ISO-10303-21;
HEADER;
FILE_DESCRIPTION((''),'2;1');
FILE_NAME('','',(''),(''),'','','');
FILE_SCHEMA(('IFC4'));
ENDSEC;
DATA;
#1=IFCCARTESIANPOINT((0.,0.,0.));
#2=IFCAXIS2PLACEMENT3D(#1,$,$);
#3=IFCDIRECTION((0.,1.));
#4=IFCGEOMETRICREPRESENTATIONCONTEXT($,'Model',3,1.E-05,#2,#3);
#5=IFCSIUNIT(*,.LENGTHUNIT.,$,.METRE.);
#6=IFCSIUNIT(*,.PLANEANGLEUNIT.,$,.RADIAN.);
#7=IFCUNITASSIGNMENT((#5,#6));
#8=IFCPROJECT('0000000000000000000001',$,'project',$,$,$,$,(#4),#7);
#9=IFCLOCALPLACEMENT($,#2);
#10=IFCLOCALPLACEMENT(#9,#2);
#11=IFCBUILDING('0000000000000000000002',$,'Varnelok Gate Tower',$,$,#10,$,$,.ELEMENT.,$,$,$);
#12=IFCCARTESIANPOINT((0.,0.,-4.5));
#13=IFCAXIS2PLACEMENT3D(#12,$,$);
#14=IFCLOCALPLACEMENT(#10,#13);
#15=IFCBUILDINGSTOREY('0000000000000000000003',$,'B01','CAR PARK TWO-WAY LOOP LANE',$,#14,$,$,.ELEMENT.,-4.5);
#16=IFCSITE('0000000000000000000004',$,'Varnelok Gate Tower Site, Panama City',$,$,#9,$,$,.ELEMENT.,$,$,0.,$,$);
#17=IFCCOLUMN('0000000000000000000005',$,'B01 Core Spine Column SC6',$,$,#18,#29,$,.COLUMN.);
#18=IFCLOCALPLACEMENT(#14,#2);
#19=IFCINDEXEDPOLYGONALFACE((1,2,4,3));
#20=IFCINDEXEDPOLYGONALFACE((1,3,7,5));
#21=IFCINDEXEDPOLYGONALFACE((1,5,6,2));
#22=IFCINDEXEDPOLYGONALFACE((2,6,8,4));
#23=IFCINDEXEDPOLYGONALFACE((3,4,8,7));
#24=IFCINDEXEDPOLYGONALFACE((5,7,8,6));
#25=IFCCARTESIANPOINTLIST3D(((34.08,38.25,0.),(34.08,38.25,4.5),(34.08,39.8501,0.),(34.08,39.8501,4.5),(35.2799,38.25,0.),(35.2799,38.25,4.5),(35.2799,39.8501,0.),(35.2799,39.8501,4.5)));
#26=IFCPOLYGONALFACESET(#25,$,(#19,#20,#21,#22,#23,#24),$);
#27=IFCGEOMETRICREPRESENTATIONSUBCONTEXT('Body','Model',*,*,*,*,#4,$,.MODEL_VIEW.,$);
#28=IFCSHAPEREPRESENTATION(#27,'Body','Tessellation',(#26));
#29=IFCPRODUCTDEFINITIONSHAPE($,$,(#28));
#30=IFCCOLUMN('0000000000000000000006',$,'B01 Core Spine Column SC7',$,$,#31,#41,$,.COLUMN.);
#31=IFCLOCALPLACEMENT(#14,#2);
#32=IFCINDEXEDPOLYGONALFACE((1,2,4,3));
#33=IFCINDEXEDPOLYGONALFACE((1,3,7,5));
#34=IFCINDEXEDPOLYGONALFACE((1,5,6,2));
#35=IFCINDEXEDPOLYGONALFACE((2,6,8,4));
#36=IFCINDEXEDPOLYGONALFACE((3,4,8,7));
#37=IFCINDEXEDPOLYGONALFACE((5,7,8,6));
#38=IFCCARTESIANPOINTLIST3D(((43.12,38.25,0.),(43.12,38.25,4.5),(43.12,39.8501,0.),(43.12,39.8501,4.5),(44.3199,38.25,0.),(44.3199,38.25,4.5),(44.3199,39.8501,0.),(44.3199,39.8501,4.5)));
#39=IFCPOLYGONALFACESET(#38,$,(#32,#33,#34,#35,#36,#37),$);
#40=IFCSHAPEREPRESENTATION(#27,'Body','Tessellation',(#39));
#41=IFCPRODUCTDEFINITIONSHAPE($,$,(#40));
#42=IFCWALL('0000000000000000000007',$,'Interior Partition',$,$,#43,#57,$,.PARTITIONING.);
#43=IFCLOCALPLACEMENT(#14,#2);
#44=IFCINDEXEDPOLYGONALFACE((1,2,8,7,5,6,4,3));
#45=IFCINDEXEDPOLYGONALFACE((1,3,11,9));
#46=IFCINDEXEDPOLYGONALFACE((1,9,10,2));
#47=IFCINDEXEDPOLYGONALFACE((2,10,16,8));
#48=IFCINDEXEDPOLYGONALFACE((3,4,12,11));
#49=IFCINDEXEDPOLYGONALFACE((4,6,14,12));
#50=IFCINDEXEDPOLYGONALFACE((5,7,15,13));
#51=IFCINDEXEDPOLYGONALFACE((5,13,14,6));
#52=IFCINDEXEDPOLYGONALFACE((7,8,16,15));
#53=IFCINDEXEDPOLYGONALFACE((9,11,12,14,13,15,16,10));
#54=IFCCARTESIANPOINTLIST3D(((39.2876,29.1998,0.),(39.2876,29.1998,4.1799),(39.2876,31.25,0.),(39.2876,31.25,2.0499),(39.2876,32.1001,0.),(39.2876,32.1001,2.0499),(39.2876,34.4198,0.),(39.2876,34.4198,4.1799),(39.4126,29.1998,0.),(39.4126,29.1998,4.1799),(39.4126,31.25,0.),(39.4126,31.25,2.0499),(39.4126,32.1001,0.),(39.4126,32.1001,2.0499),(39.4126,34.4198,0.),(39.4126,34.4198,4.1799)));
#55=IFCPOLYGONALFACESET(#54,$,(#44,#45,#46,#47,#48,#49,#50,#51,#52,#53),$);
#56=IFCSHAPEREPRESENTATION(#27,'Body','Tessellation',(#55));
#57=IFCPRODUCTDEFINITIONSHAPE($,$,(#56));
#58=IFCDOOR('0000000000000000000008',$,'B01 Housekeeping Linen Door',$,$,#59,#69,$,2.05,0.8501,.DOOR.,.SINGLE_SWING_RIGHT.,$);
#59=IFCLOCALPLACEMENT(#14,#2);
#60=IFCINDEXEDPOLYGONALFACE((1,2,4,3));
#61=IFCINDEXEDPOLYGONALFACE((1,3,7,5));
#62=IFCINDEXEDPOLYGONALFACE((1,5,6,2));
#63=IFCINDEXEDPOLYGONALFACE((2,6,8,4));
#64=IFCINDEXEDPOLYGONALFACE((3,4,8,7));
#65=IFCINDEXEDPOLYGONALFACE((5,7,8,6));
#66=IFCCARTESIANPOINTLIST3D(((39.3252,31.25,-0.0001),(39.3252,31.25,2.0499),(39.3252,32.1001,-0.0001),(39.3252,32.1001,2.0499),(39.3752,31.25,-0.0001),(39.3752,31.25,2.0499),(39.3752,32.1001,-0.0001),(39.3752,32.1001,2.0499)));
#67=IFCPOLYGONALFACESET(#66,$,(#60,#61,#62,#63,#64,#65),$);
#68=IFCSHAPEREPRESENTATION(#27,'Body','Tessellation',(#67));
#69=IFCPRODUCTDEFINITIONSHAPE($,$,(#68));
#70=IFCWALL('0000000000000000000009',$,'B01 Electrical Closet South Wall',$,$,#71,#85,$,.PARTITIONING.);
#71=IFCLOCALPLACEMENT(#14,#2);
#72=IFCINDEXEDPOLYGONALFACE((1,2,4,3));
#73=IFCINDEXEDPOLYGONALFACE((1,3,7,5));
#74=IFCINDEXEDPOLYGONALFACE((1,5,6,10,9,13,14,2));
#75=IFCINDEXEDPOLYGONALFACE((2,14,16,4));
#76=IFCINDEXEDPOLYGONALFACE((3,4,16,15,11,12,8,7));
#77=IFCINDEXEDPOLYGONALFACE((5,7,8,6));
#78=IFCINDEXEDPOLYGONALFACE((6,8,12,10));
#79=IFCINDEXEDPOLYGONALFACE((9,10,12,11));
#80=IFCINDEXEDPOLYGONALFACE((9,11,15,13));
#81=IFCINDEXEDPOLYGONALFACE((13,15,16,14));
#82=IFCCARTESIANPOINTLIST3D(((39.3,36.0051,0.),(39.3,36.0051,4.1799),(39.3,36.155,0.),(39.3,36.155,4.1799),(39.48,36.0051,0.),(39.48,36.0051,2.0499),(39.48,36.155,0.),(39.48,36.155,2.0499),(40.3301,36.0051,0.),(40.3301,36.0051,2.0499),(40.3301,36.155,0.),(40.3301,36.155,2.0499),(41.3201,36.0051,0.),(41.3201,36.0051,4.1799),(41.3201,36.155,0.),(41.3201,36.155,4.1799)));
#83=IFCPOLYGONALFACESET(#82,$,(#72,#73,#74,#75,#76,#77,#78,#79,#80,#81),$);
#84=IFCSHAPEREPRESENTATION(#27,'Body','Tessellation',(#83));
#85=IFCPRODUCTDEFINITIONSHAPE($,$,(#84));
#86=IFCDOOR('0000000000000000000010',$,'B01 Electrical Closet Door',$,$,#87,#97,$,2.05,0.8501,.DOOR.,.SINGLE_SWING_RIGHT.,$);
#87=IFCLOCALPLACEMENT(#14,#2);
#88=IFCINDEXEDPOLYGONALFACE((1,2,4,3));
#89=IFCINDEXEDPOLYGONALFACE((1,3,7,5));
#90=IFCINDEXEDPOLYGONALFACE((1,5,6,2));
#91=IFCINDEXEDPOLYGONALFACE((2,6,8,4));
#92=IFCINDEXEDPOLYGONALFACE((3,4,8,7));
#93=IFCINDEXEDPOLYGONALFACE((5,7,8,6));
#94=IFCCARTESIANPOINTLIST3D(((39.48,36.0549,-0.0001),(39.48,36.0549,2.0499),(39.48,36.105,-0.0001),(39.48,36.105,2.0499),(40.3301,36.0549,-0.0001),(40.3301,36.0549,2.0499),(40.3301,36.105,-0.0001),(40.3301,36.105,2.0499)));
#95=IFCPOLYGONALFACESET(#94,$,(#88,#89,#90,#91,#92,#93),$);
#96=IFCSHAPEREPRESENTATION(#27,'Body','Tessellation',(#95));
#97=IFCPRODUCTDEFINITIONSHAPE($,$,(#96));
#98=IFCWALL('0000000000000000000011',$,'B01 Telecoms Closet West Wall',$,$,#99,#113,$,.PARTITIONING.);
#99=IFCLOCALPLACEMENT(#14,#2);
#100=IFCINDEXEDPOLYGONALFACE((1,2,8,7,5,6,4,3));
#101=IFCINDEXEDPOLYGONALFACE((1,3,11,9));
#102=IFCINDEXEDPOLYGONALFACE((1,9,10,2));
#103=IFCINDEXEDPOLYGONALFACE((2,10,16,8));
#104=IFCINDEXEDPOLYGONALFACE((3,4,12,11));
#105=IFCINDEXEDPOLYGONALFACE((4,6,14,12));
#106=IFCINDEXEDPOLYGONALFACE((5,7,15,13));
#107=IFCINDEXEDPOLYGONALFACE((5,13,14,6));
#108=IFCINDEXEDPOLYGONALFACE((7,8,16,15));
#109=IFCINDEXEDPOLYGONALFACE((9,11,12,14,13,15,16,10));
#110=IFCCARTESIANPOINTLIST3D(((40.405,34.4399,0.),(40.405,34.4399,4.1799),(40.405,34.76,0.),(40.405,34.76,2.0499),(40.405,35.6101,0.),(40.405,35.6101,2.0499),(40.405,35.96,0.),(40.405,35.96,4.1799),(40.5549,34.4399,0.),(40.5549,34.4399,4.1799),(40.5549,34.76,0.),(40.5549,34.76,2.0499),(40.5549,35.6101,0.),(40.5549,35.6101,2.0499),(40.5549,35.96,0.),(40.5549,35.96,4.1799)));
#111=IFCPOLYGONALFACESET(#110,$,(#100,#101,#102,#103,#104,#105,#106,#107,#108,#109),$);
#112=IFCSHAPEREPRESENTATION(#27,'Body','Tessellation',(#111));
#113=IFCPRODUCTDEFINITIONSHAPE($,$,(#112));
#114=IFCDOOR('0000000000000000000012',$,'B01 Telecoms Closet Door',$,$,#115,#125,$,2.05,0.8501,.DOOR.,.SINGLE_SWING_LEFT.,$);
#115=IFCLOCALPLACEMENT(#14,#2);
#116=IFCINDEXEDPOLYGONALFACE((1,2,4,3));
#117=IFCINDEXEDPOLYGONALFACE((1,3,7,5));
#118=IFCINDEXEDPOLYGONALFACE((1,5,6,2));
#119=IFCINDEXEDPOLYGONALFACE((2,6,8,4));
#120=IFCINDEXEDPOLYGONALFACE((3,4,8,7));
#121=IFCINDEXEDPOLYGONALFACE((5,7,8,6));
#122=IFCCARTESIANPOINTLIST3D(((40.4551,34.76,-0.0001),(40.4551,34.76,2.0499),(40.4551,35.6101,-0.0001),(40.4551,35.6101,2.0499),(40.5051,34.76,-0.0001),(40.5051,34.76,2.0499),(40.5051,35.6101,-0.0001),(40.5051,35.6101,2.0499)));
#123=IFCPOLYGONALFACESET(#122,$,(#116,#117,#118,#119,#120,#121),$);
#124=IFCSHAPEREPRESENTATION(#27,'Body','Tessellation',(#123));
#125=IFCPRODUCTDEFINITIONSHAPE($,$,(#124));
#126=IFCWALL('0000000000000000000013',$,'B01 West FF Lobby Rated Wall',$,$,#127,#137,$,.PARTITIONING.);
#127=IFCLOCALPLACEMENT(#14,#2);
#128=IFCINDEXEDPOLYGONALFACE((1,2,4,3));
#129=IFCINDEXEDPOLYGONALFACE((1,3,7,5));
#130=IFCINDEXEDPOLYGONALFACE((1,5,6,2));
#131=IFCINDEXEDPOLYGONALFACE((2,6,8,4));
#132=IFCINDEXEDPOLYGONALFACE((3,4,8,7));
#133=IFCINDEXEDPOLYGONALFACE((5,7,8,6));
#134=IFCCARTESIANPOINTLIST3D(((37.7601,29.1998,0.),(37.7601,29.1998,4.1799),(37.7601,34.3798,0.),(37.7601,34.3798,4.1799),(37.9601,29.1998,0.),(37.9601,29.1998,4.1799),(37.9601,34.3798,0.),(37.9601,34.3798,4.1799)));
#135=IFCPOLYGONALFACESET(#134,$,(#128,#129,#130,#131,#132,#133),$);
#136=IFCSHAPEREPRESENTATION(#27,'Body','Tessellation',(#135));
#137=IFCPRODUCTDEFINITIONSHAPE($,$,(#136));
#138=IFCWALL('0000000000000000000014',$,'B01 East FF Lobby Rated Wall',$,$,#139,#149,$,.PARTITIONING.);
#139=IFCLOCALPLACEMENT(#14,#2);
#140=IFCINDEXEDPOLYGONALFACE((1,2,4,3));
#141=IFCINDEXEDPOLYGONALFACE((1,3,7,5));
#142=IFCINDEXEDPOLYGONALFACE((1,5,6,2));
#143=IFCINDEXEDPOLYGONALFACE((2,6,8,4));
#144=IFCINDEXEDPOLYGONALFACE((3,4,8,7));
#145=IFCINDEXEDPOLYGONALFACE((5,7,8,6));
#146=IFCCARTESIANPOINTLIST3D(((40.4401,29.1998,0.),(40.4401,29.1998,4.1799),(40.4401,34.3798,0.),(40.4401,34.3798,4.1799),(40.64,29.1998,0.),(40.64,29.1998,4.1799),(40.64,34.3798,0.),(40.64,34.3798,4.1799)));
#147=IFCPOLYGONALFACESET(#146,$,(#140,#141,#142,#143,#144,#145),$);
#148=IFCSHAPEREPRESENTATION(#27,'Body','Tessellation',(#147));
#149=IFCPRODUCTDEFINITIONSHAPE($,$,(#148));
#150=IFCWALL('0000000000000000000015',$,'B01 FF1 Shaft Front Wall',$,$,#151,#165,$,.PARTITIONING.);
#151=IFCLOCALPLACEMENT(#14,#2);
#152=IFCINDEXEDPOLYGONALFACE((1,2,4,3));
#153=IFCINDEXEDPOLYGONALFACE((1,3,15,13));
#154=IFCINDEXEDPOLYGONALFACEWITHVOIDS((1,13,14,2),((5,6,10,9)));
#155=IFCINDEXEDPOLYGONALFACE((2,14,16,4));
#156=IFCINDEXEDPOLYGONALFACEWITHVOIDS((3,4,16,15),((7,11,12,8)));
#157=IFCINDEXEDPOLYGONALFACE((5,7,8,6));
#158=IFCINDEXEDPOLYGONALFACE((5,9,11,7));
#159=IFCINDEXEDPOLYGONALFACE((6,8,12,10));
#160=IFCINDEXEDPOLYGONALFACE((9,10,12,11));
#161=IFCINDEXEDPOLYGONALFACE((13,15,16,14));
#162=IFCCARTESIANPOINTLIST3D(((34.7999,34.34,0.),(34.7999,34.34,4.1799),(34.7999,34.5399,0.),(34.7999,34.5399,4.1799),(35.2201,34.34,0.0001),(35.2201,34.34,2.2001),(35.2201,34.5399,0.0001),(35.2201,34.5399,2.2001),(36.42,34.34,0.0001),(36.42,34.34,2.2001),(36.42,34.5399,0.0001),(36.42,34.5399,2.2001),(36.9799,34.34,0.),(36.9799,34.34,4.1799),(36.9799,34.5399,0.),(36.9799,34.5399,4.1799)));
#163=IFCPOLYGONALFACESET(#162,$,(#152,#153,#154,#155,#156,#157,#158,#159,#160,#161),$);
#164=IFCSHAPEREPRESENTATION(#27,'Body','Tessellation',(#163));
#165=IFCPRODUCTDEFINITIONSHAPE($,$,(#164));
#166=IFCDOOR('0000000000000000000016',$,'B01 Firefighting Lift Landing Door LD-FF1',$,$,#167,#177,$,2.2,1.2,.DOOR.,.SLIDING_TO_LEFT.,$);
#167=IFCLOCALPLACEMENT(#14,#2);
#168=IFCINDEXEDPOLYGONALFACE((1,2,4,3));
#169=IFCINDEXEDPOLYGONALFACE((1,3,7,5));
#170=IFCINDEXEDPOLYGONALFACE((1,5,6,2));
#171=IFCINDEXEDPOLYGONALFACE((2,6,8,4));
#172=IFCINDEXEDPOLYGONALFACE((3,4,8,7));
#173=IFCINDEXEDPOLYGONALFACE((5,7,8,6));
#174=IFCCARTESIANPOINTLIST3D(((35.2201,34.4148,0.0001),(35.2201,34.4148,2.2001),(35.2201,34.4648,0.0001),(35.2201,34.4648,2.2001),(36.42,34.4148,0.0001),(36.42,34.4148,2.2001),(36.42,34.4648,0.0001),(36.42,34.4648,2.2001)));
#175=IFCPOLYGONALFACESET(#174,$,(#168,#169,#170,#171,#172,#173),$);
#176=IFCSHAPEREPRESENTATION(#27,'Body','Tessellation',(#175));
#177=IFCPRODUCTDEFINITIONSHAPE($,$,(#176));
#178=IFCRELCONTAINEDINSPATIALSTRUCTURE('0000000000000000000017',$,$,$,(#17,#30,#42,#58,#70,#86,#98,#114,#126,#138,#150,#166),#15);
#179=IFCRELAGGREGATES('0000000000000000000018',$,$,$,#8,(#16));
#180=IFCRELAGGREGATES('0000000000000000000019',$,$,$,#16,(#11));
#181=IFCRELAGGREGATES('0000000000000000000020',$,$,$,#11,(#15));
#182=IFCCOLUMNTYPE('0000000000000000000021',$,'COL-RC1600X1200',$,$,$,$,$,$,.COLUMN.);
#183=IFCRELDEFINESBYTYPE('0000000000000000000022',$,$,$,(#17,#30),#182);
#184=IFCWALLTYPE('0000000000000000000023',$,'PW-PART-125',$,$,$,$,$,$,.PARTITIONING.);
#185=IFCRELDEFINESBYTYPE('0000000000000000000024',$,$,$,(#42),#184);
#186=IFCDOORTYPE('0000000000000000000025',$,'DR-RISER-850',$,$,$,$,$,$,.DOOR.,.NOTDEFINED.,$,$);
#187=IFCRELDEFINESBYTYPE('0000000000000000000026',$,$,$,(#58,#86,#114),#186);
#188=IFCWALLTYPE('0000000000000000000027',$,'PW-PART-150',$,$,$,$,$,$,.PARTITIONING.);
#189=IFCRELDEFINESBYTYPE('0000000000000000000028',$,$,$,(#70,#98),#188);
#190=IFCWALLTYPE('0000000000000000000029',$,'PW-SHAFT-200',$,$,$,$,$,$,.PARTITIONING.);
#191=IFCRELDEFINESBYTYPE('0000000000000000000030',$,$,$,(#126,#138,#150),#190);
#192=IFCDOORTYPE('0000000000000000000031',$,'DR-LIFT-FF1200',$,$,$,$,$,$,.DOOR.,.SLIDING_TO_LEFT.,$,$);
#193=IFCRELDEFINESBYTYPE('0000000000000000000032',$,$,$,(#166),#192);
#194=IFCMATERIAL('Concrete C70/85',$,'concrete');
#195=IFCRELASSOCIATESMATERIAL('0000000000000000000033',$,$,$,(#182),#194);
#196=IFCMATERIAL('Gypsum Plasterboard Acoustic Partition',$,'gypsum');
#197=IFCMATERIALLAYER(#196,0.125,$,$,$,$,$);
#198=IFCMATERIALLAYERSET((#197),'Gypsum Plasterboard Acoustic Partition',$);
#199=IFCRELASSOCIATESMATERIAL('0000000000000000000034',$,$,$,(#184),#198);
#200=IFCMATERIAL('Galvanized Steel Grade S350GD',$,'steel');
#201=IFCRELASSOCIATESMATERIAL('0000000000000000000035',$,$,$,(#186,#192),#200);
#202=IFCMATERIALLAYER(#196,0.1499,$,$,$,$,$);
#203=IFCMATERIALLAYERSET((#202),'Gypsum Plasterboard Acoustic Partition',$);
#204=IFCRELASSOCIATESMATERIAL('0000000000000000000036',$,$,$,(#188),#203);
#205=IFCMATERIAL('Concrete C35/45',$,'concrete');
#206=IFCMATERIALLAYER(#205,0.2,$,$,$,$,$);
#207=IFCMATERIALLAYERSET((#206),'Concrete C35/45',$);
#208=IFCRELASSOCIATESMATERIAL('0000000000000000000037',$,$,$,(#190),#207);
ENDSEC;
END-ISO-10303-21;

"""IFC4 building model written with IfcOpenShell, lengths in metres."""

from ifc_helpers import new_model, si_unit, direction, frame, frame_2d, origin, origin_2d, place, context, subcontext, project, spatial, rectangle, extrude, material, layer, layer_set, material_profile, profile_set, type_object, element, fill, save


model = new_model("IFC4")

# Units and contexts
model_context = context("Model", 3, precision=1e-05, world=origin(), true_north=direction((0.0, 1.0)))
body_context = subcontext(model_context, "Body", "Model", "MODEL_VIEW")
ifc_project = project(units=[si_unit("LENGTHUNIT", "METRE"), si_unit("PLANEANGLEUNIT", "RADIAN")], contexts=[model_context])

# Site, building, storey
site_placement = place(None, origin())
site = spatial("IfcSite", under=ifc_project, at=site_placement, Name="Varnelok Gate Tower Site, Panama City", CompositionType="ELEMENT", RefElevation=0.0)
building_placement = place(site_placement, origin())
building = spatial("IfcBuilding", under=site, at=building_placement, Name="Varnelok Gate Tower", CompositionType="ELEMENT")
storey_placement = place(building_placement, frame((0.0, 0.0, -4.5)))
storey = spatial("IfcBuildingStorey", under=building, at=storey_placement, Name="B01", Description="CAR PARK TWO-WAY LOOP LANE", CompositionType="ELEMENT", Elevation=-4.5)

# Columns
ifc_material_1 = material(Name="Concrete C70/85", Category="concrete")
ifc_material_profile = material_profile(ifc_material_1, rectangle(XDim=1.2, YDim=1.6001, at=origin_2d()), Name="RC1600X1200")
ifc_profile_set = profile_set([ifc_material_profile], Name="Concrete C70/85")
column_type = type_object("IfcColumnType", Name="COL-RC1600X1200", PredefinedType="COLUMN", material=ifc_profile_set)
for number, where, z_axis, x_axis, name in (
    (1, (34.6799, 39.05, 0.0), (0.0, 0.0, 1.0), (1.0, 0.0, 0.0), "B01 Core Spine Column SC6"),
    (2, (43.72, 39.05, 0.0), (0.0, 0.0, 1.0), (1.0, 0.0, 0.0), "B01 Core Spine Column SC7"),
):
    element("IfcColumn", number, at=place(storey_placement, frame(where, z_axis=z_axis, x_axis=x_axis)), inside=storey, type_object=column_type, Name=name, PredefinedType="COLUMN", context=body_context, shape_type="SweptSolid", body=[
        extrude(rectangle(XDim=1.2, YDim=1.6001, at=origin_2d()), origin(), (0.0, 0.0, 1.0), 4.5),
    ])

# Walls, openings, doors
ifc_material_2 = material(Name="Gypsum Plasterboard Acoustic Partition", Category="gypsum")
ifc_layer_1 = layer(ifc_material_2, 0.125)
ifc_layer_set_1 = layer_set([ifc_layer_1], Name="Gypsum Plasterboard Acoustic Partition")
wall_type_1 = type_object("IfcWallType", Name="PW-PART-125", PredefinedType="PARTITIONING", material=ifc_layer_set_1)
wall_1_placement = place(storey_placement, frame((39.3501, 29.2, 0.0), z_axis=(0.0, 0.0, 1.0), x_axis=(0.0, 1.0, 0.0)))
wall_1 = element("IfcWall", 3, at=wall_1_placement, inside=storey, type_object=wall_type_1, Name="Interior Partition", PredefinedType="PARTITIONING", context=body_context, shape_type="SweptSolid", body=[
    extrude(rectangle(XDim=5.22, YDim=0.125, at=frame_2d((2.6099, 0.0))), origin(), (0.0, 0.0, 1.0), 4.1799),
])
opening_1_placement = place(wall_1_placement, frame((2.05, 0.0, 0.0)))
opening_1 = element("IfcOpeningElement", 4, at=opening_1_placement, cuts=wall_1, PredefinedType="OPENING", context=body_context, shape_type="SweptSolid", body=[
    extrude(rectangle(XDim=0.8501, YDim=2.05, at=frame_2d((0.425, 1.0249))), frame((0.0, 0.0725, 0.0), z_axis=(0.0, -1.0, 0.0), x_axis=(1.0, 0.0, 0.0)), (0.0, 0.0, 1.0), 0.145),
])
ifc_material_3 = material(Name="Galvanized Steel Grade S350GD", Category="steel")
door_type_1 = type_object("IfcDoorType", Name="DR-RISER-850", OperationType="NOTDEFINED", PredefinedType="DOOR", material=ifc_material_3)
door_1_placement = place(opening_1_placement, origin())
door_1 = element("IfcDoor", 5, at=door_1_placement, inside=storey, type_object=door_type_1, Name="B01 Housekeeping Linen Door", OperationType="SINGLE_SWING_RIGHT", OverallHeight=2.05, OverallWidth=0.8501, PredefinedType="DOOR", context=body_context, shape_type="SweptSolid", body=[
    extrude(rectangle(XDim=0.8501, YDim=2.05, at=frame_2d((0.425, 1.0249))), frame((0.0, 0.0249, 0.0), z_axis=(0.0, -1.0, 0.0), x_axis=(1.0, 0.0, 0.0)), (0.0, 0.0, 1.0), 0.05),
])
fill(opening_1, door_1)
ifc_layer_2 = layer(ifc_material_2, 0.1499)
ifc_layer_set_2 = layer_set([ifc_layer_2], Name="Gypsum Plasterboard Acoustic Partition")
wall_type_2 = type_object("IfcWallType", Name="PW-PART-150", PredefinedType="PARTITIONING", material=ifc_layer_set_2)
wall_2_placement = place(storey_placement, frame((39.3, 36.0801, 0.0), z_axis=(0.0, 0.0, 1.0), x_axis=(1.0, 0.0, 0.0)))
wall_2 = element("IfcWall", 6, at=wall_2_placement, inside=storey, type_object=wall_type_2, Name="B01 Electrical Closet South Wall", PredefinedType="PARTITIONING", context=body_context, shape_type="SweptSolid", body=[
    extrude(rectangle(XDim=2.02, YDim=0.1499, at=frame_2d((1.01, 0.0))), origin(), (0.0, 0.0, 1.0), 4.1799),
])
opening_2_placement = place(wall_2_placement, frame((0.1799, 0.0, 0.0)))
opening_2 = element("IfcOpeningElement", 7, at=opening_2_placement, cuts=wall_2, PredefinedType="OPENING", context=body_context, shape_type="SweptSolid", body=[
    extrude(rectangle(XDim=0.8501, YDim=2.05, at=frame_2d((0.425, 1.0249))), frame((0.0, 0.085, 0.0), z_axis=(0.0, -1.0, 0.0), x_axis=(1.0, 0.0, 0.0)), (0.0, 0.0, 1.0), 0.1699),
])
door_2_placement = place(opening_2_placement, origin())
door_2 = element("IfcDoor", 8, at=door_2_placement, inside=storey, type_object=door_type_1, Name="B01 Electrical Closet Door", OperationType="SINGLE_SWING_RIGHT", OverallHeight=2.05, OverallWidth=0.8501, PredefinedType="DOOR", context=body_context, shape_type="SweptSolid", body=[
    extrude(rectangle(XDim=0.8501, YDim=2.05, at=frame_2d((0.425, 1.0249))), frame((0.0, 0.0249, 0.0), z_axis=(0.0, -1.0, 0.0), x_axis=(1.0, 0.0, 0.0)), (0.0, 0.0, 1.0), 0.05),
])
fill(opening_2, door_2)
wall_3_placement = place(storey_placement, frame((40.48, 34.4399, 0.0), z_axis=(0.0, 0.0, 1.0), x_axis=(0.0, 1.0, 0.0)))
wall_3 = element("IfcWall", 9, at=wall_3_placement, inside=storey, type_object=wall_type_2, Name="B01 Telecoms Closet West Wall", PredefinedType="PARTITIONING", context=body_context, shape_type="SweptSolid", body=[
    extrude(rectangle(XDim=1.52, YDim=0.1499, at=frame_2d((0.76, 0.0))), origin(), (0.0, 0.0, 1.0), 4.1799),
])
opening_3_placement = place(wall_3_placement, frame((0.3201, 0.0, 0.0)))
opening_3 = element("IfcOpeningElement", 10, at=opening_3_placement, cuts=wall_3, PredefinedType="OPENING", context=body_context, shape_type="SweptSolid", body=[
    extrude(rectangle(XDim=0.8501, YDim=2.05, at=frame_2d((0.425, 1.0249))), frame((0.0, 0.085, 0.0), z_axis=(0.0, -1.0, 0.0), x_axis=(1.0, 0.0, 0.0)), (0.0, 0.0, 1.0), 0.1699),
])
door_3_placement = place(opening_3_placement, origin())
door_3 = element("IfcDoor", 11, at=door_3_placement, inside=storey, type_object=door_type_1, Name="B01 Telecoms Closet Door", OperationType="SINGLE_SWING_LEFT", OverallHeight=2.05, OverallWidth=0.8501, PredefinedType="DOOR", context=body_context, shape_type="SweptSolid", body=[
    extrude(rectangle(XDim=0.8501, YDim=2.05, at=frame_2d((0.425, 1.0249))), frame((0.0, 0.0249, 0.0), z_axis=(0.0, -1.0, 0.0), x_axis=(1.0, 0.0, 0.0)), (0.0, 0.0, 1.0), 0.05),
])
fill(opening_3, door_3)

# Walls
ifc_material_4 = material(Name="Concrete C35/45", Category="concrete")
ifc_layer_3 = layer(ifc_material_4, 0.2)
ifc_layer_set_3 = layer_set([ifc_layer_3], Name="Concrete C35/45")
wall_type_3 = type_object("IfcWallType", Name="PW-SHAFT-200", PredefinedType="PARTITIONING", material=ifc_layer_set_3)
for number, where, z_axis, x_axis, name in (
    (12, (37.8601, 29.2, 0.0), (0.0, 0.0, 1.0), (0.0, 1.0, 0.0), "B01 West FF Lobby Rated Wall"),
    (13, (40.54, 29.2, 0.0), (0.0, 0.0, 1.0), (0.0, 1.0, 0.0), "B01 East FF Lobby Rated Wall"),
):
    element("IfcWall", number, at=place(storey_placement, frame(where, z_axis=z_axis, x_axis=x_axis)), inside=storey, type_object=wall_type_3, Name=name, PredefinedType="PARTITIONING", context=body_context, shape_type="SweptSolid", body=[
        extrude(rectangle(XDim=5.1799, YDim=0.2, at=frame_2d((2.5898, 0.0))), origin(), (0.0, 0.0, 1.0), 4.1799),
    ])

# Wall, opening, door
wall_4_placement = place(storey_placement, frame((34.8, 34.4399, 0.0), z_axis=(0.0, 0.0, 1.0), x_axis=(1.0, 0.0, 0.0)))
wall_4 = element("IfcWall", 14, at=wall_4_placement, inside=storey, type_object=wall_type_3, Name="B01 FF1 Shaft Front Wall", PredefinedType="PARTITIONING", context=body_context, shape_type="SweptSolid", body=[
    extrude(rectangle(XDim=2.1799, YDim=0.2, at=frame_2d((1.0898, 0.0))), origin(), (0.0, 0.0, 1.0), 4.1799),
])
opening_4_placement = place(wall_4_placement, frame((0.4199, 0.0, 0.0)))
opening_4 = element("IfcOpeningElement", 15, at=opening_4_placement, cuts=wall_4, PredefinedType="OPENING", context=body_context, shape_type="SweptSolid", body=[
    extrude(rectangle(XDim=1.2, YDim=2.2, at=frame_2d((0.6001, 1.1001))), frame((0.0, 0.1099, 0.0), z_axis=(0.0, -1.0, 0.0), x_axis=(1.0, 0.0, 0.0)), (0.0, 0.0, 1.0), 0.22),
])
door_type_2 = type_object("IfcDoorType", Name="DR-LIFT-FF1200", OperationType="SLIDING_TO_LEFT", PredefinedType="DOOR", material=ifc_material_3)
door_4_placement = place(opening_4_placement, origin())
door_4 = element("IfcDoor", 16, at=door_4_placement, inside=storey, type_object=door_type_2, Name="B01 Firefighting Lift Landing Door LD-FF1", OperationType="SLIDING_TO_LEFT", OverallHeight=2.2, OverallWidth=1.2, PredefinedType="DOOR", context=body_context, shape_type="SweptSolid", body=[
    extrude(rectangle(XDim=1.2, YDim=2.2, at=frame_2d((0.6001, 1.1001))), frame((0.0, 0.0249, 0.0), z_axis=(0.0, -1.0, 0.0), x_axis=(1.0, 0.0, 0.0)), (0.0, 0.0, 1.0), 0.05),
])
fill(opening_4, door_4)

save(model, "model.ifc")
